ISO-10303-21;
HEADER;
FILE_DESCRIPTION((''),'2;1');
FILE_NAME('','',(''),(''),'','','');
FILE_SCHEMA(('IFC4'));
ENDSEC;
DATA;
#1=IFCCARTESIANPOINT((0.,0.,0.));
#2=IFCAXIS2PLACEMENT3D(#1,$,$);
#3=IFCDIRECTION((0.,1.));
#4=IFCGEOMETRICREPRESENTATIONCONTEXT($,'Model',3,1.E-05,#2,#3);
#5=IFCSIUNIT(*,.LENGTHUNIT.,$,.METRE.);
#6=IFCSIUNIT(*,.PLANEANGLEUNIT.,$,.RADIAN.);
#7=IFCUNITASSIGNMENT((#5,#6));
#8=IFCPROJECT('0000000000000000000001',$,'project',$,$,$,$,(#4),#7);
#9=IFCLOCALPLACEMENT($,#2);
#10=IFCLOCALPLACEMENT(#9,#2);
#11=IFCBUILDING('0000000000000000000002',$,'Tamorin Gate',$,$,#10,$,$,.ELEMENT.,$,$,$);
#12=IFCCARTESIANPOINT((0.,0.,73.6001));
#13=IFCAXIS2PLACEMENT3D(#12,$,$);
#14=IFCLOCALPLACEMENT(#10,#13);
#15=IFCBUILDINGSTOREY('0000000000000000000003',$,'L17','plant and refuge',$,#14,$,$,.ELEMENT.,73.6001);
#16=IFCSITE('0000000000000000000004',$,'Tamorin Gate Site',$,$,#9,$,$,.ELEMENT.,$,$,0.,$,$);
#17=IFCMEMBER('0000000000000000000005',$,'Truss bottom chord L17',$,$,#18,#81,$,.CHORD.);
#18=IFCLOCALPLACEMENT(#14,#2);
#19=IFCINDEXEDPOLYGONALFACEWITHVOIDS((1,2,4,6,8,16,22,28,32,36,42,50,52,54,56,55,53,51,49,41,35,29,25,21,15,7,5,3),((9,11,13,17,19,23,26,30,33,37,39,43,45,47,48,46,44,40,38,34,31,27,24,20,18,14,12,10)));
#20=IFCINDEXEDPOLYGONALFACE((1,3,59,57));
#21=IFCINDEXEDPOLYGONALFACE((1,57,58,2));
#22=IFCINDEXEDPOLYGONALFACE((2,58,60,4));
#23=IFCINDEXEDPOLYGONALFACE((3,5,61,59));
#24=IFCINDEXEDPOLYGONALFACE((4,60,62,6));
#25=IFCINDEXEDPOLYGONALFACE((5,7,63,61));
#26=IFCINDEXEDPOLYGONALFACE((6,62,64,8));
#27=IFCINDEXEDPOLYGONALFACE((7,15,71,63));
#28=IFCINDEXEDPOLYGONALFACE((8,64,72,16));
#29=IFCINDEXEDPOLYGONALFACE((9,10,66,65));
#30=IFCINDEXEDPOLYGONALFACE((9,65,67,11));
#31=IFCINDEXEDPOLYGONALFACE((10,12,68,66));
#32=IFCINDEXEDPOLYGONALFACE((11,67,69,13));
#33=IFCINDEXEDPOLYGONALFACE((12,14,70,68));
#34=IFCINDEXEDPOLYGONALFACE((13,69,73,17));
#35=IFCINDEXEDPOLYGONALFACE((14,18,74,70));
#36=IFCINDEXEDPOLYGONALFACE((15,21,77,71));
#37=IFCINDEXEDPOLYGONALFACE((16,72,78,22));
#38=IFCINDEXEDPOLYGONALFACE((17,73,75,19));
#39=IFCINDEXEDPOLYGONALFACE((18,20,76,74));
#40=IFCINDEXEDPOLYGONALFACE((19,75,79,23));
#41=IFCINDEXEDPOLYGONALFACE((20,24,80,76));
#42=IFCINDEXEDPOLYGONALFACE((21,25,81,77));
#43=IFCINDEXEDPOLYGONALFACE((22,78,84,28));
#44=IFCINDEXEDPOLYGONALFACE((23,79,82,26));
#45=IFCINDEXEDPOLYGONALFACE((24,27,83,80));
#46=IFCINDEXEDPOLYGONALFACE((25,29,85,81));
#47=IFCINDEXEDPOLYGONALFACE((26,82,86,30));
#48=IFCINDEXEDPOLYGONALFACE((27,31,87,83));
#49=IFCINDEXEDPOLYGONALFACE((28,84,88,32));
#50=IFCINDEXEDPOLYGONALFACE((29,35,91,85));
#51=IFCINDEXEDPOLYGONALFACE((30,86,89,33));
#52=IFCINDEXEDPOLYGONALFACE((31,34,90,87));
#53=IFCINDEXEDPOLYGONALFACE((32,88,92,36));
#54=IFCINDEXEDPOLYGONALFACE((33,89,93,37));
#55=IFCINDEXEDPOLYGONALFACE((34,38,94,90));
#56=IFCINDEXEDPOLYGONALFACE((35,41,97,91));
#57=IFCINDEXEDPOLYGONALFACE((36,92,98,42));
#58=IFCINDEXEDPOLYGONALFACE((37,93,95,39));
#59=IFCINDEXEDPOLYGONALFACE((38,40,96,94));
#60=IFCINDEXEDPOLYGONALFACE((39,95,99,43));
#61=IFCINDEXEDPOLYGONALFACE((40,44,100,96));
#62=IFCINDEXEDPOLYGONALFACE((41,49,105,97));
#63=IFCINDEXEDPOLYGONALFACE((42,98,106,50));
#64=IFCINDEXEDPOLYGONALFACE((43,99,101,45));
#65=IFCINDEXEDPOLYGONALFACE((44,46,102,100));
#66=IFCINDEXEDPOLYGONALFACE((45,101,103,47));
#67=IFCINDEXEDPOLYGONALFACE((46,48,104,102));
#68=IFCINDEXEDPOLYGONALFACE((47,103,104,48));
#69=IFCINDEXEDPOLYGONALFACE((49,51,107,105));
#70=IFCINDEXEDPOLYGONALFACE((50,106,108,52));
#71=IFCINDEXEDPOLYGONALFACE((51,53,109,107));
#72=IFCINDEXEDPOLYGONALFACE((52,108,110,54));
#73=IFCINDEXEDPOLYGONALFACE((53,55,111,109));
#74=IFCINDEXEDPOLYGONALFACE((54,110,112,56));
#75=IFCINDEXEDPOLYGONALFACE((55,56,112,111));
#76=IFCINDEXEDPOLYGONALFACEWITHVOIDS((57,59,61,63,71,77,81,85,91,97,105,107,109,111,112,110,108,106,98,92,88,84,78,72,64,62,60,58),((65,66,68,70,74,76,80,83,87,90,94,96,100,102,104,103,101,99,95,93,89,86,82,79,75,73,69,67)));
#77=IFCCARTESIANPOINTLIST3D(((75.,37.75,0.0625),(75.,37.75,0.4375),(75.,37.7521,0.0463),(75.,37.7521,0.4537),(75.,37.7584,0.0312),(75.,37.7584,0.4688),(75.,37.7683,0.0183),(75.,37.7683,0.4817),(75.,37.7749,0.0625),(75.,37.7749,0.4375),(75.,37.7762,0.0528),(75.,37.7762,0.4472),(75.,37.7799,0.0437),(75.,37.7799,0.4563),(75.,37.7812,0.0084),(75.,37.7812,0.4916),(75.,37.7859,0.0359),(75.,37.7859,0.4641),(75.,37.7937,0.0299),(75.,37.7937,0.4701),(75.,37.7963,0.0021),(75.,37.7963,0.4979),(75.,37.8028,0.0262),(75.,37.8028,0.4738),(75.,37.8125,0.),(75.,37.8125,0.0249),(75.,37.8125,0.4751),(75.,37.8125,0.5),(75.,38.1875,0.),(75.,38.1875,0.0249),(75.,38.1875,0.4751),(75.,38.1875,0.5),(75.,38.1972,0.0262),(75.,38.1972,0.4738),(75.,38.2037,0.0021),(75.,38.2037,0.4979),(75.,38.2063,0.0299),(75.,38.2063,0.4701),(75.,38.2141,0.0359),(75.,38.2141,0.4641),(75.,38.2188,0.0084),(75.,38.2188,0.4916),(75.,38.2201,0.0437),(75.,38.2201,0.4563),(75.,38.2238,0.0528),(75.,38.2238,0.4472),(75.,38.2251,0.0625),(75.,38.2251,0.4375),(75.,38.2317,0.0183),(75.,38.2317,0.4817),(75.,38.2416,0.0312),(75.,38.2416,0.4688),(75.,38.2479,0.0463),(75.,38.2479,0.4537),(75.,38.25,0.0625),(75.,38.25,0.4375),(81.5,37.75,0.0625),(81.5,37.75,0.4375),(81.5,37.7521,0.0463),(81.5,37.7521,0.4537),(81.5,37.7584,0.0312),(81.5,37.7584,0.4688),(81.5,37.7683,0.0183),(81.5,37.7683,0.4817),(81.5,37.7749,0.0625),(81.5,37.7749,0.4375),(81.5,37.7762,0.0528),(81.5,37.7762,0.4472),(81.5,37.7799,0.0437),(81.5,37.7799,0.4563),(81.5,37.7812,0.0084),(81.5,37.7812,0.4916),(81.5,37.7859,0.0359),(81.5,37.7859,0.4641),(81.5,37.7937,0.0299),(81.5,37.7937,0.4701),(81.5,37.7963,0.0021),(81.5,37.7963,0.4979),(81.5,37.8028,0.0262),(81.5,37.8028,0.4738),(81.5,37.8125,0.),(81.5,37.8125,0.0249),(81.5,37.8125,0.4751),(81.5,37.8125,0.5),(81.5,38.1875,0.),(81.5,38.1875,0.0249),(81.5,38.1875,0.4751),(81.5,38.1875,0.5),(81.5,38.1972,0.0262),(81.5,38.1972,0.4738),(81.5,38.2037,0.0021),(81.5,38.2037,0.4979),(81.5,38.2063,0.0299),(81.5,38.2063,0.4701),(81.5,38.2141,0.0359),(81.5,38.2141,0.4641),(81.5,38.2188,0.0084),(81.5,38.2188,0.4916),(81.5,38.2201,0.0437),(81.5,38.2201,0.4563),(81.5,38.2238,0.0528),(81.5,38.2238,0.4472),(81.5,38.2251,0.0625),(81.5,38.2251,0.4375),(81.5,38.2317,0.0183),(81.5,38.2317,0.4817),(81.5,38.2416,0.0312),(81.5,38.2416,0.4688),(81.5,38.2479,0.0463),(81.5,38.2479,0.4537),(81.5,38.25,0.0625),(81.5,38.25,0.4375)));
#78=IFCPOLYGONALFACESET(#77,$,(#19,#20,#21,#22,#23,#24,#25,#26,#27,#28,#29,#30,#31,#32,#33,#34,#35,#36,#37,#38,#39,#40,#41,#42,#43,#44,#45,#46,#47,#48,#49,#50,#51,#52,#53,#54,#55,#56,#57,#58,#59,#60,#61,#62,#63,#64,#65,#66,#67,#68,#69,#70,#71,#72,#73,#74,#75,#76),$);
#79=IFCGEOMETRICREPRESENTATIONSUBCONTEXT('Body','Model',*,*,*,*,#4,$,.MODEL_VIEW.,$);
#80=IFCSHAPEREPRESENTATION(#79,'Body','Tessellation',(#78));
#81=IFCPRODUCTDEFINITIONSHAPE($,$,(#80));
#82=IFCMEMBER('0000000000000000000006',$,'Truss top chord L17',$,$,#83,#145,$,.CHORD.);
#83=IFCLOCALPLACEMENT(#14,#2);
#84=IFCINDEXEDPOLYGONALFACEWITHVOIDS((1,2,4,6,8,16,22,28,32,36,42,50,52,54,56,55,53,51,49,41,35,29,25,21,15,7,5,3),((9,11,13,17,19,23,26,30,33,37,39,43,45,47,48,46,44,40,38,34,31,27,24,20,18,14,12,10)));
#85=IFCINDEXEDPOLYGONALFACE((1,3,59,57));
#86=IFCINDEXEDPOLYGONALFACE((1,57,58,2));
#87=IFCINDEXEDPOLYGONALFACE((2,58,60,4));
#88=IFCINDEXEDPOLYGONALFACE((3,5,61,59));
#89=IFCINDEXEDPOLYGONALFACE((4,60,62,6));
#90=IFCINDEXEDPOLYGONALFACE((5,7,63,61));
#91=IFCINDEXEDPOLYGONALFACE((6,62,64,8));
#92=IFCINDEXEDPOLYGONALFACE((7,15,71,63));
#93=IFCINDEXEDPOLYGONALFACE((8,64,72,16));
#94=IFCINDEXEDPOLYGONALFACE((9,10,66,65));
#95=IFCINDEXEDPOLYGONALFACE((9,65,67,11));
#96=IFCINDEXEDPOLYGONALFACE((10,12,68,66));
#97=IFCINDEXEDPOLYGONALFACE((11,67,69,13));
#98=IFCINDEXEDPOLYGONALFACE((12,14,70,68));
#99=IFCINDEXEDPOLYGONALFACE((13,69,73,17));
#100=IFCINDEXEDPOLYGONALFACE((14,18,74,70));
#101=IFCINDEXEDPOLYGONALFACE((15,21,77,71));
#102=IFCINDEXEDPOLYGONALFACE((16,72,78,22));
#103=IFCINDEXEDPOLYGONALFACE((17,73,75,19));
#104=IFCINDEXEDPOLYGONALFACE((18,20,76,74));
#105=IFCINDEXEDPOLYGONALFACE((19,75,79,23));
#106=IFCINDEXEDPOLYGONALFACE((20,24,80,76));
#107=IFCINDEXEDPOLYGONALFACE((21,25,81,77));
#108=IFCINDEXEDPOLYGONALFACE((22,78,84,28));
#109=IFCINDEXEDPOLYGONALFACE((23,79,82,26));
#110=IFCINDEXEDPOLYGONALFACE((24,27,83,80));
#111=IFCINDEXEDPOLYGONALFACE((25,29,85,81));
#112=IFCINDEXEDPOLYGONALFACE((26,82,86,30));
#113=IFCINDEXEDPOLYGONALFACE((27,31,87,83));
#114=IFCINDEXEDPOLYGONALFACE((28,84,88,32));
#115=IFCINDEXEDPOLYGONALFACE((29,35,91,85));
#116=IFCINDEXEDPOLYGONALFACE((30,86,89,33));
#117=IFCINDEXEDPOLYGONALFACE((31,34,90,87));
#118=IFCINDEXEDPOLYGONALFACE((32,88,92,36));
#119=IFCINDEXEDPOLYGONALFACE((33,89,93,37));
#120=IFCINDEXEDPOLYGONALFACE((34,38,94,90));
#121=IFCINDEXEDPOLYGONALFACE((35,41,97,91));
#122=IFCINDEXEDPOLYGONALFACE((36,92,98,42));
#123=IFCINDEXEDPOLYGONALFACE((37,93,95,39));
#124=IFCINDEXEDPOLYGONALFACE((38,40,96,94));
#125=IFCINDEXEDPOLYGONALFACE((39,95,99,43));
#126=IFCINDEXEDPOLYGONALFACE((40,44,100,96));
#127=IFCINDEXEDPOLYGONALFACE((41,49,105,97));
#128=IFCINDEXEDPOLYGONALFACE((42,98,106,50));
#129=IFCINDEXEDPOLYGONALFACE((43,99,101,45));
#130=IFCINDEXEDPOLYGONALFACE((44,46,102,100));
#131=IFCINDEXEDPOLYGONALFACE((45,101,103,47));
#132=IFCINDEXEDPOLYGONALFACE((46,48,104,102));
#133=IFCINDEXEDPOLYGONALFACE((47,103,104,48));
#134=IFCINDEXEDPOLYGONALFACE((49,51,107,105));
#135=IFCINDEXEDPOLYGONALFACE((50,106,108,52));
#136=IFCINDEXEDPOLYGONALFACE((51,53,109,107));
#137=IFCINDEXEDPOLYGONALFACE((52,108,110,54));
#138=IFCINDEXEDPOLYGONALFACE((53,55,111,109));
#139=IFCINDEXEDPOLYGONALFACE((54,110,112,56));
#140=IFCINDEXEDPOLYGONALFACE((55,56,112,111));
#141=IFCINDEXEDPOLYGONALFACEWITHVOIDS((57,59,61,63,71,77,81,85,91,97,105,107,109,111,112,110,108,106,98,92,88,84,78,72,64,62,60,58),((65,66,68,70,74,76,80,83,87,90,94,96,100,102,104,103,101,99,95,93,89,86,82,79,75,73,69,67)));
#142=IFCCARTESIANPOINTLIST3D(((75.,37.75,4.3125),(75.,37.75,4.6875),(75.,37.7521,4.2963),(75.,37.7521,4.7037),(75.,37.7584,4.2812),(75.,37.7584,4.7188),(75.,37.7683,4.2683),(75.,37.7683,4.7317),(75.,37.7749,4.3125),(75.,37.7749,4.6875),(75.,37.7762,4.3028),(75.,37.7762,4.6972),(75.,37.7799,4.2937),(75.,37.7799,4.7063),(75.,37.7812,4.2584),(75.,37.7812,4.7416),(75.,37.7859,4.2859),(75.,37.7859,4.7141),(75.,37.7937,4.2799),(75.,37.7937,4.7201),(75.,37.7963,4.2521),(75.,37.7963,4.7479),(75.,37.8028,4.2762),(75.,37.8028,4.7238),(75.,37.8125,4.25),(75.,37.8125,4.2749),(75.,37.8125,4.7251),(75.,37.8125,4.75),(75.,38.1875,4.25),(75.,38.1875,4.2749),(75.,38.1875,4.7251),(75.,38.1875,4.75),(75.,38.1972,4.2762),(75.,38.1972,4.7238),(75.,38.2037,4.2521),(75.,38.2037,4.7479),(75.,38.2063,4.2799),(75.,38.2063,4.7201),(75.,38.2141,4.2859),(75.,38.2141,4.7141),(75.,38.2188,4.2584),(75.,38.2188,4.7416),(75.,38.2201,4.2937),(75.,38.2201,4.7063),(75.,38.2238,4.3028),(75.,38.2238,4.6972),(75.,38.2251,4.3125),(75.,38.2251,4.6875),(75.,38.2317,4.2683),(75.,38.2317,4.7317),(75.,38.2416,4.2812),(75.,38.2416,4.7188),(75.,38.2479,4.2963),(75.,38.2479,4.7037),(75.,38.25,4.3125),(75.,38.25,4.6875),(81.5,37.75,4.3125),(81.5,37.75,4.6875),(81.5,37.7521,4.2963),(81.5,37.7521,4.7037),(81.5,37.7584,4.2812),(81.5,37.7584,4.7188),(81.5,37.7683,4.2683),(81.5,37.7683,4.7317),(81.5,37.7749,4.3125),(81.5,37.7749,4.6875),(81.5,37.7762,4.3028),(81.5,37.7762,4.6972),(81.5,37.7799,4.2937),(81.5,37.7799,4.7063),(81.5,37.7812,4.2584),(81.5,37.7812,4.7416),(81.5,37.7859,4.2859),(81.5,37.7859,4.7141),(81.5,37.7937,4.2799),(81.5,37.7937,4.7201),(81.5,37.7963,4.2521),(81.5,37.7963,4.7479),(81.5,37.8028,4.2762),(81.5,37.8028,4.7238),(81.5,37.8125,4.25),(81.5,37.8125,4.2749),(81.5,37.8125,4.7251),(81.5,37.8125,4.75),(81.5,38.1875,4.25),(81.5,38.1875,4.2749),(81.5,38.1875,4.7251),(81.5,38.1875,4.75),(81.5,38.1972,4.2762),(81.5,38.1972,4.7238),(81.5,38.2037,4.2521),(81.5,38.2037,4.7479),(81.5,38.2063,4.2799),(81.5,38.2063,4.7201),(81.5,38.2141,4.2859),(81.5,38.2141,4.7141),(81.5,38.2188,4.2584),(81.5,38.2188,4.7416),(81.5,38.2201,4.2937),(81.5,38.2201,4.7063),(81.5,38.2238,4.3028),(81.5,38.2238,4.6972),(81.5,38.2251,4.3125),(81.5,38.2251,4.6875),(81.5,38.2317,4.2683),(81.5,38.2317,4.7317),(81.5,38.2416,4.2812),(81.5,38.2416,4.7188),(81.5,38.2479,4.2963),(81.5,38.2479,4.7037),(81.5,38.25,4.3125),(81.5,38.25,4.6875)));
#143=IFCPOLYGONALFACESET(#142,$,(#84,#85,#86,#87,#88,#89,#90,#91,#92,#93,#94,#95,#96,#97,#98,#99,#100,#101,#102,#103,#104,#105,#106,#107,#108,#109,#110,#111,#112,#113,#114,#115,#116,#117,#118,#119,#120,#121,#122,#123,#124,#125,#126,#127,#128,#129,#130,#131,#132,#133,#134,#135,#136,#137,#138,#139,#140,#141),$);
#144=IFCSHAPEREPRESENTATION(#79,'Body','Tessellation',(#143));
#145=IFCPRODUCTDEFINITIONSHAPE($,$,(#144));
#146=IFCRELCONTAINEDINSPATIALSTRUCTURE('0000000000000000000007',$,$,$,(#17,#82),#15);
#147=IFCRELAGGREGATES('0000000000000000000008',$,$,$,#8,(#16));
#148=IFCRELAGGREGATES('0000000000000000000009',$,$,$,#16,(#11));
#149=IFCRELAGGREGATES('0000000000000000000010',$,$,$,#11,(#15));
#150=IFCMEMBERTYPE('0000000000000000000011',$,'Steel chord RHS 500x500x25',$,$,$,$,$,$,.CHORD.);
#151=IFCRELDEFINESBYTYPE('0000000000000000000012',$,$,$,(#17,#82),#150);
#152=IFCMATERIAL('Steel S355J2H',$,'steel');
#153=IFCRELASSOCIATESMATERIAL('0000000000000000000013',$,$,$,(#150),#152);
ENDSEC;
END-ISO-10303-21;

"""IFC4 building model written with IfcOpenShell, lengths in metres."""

from ifc_helpers import new_model, si_unit, direction, frame, origin, origin_2d, place, context, subcontext, project, spatial, hollow_rectangle, extrude, material, material_profile, profile_set, type_object, element, save


model = new_model("IFC4")

# Units and contexts
model_context = context("Model", 3, precision=1e-05, world=origin(), true_north=direction((0.0, 1.0)))
body_context = subcontext(model_context, "Body", "Model", "MODEL_VIEW")
ifc_project = project(units=[si_unit("LENGTHUNIT", "METRE"), si_unit("PLANEANGLEUNIT", "RADIAN")], contexts=[model_context])

# Site, building, storey
site_placement = place(None, origin())
site = spatial("IfcSite", under=ifc_project, at=site_placement, Name="Tamorin Gate Site", CompositionType="ELEMENT", RefElevation=0.0)
building_placement = place(site_placement, origin())
building = spatial("IfcBuilding", under=site, at=building_placement, Name="Tamorin Gate", CompositionType="ELEMENT")
storey_placement = place(building_placement, frame((0.0, 0.0, 73.6001)))
storey = spatial("IfcBuildingStorey", under=building, at=storey_placement, Name="L17", Description="plant and refuge", CompositionType="ELEMENT", Elevation=73.6001)

# Members
ifc_material_1 = material(Name="Steel S355J2H", Category="steel")
ifc_material_profile_1 = material_profile(ifc_material_1, hollow_rectangle(XDim=0.5, YDim=0.5, WallThickness=0.0249, InnerFilletRadius=0.0376, OuterFilletRadius=0.0625, at=origin_2d()), Name="RHS 500x500x25")
ifc_profile_set_1 = profile_set([ifc_material_profile_1], Name="Steel S355J2H")
member_type_1 = type_object("IfcMemberType", Name="Steel chord RHS 500x500x25", PredefinedType="CHORD", material=ifc_profile_set_1)
for number, where, z_axis, x_axis, name in (
    (1, (75.0, 38.0, 0.25), (1.0, 0.0, 0.0), (0.0, 1.0, 0.0), "Truss bottom chord L17"),
    (2, (75.0, 38.0, 4.5), (1.0, 0.0, 0.0), (0.0, 1.0, 0.0), "Truss top chord L17"),
):
    element("IfcMember", number, at=place(storey_placement, frame(where, z_axis=z_axis, x_axis=x_axis)), inside=storey, type_object=member_type_1, Name=name, PredefinedType="CHORD", context=body_context, shape_type="SweptSolid", body=[
        extrude(hollow_rectangle(XDim=0.5, YDim=0.5, WallThickness=0.0249, InnerFilletRadius=0.0376, OuterFilletRadius=0.0625, at=origin_2d()), origin(), (0.0, 0.0, 1.0), 6.5),
    ])

save(model, "model.ifc")
